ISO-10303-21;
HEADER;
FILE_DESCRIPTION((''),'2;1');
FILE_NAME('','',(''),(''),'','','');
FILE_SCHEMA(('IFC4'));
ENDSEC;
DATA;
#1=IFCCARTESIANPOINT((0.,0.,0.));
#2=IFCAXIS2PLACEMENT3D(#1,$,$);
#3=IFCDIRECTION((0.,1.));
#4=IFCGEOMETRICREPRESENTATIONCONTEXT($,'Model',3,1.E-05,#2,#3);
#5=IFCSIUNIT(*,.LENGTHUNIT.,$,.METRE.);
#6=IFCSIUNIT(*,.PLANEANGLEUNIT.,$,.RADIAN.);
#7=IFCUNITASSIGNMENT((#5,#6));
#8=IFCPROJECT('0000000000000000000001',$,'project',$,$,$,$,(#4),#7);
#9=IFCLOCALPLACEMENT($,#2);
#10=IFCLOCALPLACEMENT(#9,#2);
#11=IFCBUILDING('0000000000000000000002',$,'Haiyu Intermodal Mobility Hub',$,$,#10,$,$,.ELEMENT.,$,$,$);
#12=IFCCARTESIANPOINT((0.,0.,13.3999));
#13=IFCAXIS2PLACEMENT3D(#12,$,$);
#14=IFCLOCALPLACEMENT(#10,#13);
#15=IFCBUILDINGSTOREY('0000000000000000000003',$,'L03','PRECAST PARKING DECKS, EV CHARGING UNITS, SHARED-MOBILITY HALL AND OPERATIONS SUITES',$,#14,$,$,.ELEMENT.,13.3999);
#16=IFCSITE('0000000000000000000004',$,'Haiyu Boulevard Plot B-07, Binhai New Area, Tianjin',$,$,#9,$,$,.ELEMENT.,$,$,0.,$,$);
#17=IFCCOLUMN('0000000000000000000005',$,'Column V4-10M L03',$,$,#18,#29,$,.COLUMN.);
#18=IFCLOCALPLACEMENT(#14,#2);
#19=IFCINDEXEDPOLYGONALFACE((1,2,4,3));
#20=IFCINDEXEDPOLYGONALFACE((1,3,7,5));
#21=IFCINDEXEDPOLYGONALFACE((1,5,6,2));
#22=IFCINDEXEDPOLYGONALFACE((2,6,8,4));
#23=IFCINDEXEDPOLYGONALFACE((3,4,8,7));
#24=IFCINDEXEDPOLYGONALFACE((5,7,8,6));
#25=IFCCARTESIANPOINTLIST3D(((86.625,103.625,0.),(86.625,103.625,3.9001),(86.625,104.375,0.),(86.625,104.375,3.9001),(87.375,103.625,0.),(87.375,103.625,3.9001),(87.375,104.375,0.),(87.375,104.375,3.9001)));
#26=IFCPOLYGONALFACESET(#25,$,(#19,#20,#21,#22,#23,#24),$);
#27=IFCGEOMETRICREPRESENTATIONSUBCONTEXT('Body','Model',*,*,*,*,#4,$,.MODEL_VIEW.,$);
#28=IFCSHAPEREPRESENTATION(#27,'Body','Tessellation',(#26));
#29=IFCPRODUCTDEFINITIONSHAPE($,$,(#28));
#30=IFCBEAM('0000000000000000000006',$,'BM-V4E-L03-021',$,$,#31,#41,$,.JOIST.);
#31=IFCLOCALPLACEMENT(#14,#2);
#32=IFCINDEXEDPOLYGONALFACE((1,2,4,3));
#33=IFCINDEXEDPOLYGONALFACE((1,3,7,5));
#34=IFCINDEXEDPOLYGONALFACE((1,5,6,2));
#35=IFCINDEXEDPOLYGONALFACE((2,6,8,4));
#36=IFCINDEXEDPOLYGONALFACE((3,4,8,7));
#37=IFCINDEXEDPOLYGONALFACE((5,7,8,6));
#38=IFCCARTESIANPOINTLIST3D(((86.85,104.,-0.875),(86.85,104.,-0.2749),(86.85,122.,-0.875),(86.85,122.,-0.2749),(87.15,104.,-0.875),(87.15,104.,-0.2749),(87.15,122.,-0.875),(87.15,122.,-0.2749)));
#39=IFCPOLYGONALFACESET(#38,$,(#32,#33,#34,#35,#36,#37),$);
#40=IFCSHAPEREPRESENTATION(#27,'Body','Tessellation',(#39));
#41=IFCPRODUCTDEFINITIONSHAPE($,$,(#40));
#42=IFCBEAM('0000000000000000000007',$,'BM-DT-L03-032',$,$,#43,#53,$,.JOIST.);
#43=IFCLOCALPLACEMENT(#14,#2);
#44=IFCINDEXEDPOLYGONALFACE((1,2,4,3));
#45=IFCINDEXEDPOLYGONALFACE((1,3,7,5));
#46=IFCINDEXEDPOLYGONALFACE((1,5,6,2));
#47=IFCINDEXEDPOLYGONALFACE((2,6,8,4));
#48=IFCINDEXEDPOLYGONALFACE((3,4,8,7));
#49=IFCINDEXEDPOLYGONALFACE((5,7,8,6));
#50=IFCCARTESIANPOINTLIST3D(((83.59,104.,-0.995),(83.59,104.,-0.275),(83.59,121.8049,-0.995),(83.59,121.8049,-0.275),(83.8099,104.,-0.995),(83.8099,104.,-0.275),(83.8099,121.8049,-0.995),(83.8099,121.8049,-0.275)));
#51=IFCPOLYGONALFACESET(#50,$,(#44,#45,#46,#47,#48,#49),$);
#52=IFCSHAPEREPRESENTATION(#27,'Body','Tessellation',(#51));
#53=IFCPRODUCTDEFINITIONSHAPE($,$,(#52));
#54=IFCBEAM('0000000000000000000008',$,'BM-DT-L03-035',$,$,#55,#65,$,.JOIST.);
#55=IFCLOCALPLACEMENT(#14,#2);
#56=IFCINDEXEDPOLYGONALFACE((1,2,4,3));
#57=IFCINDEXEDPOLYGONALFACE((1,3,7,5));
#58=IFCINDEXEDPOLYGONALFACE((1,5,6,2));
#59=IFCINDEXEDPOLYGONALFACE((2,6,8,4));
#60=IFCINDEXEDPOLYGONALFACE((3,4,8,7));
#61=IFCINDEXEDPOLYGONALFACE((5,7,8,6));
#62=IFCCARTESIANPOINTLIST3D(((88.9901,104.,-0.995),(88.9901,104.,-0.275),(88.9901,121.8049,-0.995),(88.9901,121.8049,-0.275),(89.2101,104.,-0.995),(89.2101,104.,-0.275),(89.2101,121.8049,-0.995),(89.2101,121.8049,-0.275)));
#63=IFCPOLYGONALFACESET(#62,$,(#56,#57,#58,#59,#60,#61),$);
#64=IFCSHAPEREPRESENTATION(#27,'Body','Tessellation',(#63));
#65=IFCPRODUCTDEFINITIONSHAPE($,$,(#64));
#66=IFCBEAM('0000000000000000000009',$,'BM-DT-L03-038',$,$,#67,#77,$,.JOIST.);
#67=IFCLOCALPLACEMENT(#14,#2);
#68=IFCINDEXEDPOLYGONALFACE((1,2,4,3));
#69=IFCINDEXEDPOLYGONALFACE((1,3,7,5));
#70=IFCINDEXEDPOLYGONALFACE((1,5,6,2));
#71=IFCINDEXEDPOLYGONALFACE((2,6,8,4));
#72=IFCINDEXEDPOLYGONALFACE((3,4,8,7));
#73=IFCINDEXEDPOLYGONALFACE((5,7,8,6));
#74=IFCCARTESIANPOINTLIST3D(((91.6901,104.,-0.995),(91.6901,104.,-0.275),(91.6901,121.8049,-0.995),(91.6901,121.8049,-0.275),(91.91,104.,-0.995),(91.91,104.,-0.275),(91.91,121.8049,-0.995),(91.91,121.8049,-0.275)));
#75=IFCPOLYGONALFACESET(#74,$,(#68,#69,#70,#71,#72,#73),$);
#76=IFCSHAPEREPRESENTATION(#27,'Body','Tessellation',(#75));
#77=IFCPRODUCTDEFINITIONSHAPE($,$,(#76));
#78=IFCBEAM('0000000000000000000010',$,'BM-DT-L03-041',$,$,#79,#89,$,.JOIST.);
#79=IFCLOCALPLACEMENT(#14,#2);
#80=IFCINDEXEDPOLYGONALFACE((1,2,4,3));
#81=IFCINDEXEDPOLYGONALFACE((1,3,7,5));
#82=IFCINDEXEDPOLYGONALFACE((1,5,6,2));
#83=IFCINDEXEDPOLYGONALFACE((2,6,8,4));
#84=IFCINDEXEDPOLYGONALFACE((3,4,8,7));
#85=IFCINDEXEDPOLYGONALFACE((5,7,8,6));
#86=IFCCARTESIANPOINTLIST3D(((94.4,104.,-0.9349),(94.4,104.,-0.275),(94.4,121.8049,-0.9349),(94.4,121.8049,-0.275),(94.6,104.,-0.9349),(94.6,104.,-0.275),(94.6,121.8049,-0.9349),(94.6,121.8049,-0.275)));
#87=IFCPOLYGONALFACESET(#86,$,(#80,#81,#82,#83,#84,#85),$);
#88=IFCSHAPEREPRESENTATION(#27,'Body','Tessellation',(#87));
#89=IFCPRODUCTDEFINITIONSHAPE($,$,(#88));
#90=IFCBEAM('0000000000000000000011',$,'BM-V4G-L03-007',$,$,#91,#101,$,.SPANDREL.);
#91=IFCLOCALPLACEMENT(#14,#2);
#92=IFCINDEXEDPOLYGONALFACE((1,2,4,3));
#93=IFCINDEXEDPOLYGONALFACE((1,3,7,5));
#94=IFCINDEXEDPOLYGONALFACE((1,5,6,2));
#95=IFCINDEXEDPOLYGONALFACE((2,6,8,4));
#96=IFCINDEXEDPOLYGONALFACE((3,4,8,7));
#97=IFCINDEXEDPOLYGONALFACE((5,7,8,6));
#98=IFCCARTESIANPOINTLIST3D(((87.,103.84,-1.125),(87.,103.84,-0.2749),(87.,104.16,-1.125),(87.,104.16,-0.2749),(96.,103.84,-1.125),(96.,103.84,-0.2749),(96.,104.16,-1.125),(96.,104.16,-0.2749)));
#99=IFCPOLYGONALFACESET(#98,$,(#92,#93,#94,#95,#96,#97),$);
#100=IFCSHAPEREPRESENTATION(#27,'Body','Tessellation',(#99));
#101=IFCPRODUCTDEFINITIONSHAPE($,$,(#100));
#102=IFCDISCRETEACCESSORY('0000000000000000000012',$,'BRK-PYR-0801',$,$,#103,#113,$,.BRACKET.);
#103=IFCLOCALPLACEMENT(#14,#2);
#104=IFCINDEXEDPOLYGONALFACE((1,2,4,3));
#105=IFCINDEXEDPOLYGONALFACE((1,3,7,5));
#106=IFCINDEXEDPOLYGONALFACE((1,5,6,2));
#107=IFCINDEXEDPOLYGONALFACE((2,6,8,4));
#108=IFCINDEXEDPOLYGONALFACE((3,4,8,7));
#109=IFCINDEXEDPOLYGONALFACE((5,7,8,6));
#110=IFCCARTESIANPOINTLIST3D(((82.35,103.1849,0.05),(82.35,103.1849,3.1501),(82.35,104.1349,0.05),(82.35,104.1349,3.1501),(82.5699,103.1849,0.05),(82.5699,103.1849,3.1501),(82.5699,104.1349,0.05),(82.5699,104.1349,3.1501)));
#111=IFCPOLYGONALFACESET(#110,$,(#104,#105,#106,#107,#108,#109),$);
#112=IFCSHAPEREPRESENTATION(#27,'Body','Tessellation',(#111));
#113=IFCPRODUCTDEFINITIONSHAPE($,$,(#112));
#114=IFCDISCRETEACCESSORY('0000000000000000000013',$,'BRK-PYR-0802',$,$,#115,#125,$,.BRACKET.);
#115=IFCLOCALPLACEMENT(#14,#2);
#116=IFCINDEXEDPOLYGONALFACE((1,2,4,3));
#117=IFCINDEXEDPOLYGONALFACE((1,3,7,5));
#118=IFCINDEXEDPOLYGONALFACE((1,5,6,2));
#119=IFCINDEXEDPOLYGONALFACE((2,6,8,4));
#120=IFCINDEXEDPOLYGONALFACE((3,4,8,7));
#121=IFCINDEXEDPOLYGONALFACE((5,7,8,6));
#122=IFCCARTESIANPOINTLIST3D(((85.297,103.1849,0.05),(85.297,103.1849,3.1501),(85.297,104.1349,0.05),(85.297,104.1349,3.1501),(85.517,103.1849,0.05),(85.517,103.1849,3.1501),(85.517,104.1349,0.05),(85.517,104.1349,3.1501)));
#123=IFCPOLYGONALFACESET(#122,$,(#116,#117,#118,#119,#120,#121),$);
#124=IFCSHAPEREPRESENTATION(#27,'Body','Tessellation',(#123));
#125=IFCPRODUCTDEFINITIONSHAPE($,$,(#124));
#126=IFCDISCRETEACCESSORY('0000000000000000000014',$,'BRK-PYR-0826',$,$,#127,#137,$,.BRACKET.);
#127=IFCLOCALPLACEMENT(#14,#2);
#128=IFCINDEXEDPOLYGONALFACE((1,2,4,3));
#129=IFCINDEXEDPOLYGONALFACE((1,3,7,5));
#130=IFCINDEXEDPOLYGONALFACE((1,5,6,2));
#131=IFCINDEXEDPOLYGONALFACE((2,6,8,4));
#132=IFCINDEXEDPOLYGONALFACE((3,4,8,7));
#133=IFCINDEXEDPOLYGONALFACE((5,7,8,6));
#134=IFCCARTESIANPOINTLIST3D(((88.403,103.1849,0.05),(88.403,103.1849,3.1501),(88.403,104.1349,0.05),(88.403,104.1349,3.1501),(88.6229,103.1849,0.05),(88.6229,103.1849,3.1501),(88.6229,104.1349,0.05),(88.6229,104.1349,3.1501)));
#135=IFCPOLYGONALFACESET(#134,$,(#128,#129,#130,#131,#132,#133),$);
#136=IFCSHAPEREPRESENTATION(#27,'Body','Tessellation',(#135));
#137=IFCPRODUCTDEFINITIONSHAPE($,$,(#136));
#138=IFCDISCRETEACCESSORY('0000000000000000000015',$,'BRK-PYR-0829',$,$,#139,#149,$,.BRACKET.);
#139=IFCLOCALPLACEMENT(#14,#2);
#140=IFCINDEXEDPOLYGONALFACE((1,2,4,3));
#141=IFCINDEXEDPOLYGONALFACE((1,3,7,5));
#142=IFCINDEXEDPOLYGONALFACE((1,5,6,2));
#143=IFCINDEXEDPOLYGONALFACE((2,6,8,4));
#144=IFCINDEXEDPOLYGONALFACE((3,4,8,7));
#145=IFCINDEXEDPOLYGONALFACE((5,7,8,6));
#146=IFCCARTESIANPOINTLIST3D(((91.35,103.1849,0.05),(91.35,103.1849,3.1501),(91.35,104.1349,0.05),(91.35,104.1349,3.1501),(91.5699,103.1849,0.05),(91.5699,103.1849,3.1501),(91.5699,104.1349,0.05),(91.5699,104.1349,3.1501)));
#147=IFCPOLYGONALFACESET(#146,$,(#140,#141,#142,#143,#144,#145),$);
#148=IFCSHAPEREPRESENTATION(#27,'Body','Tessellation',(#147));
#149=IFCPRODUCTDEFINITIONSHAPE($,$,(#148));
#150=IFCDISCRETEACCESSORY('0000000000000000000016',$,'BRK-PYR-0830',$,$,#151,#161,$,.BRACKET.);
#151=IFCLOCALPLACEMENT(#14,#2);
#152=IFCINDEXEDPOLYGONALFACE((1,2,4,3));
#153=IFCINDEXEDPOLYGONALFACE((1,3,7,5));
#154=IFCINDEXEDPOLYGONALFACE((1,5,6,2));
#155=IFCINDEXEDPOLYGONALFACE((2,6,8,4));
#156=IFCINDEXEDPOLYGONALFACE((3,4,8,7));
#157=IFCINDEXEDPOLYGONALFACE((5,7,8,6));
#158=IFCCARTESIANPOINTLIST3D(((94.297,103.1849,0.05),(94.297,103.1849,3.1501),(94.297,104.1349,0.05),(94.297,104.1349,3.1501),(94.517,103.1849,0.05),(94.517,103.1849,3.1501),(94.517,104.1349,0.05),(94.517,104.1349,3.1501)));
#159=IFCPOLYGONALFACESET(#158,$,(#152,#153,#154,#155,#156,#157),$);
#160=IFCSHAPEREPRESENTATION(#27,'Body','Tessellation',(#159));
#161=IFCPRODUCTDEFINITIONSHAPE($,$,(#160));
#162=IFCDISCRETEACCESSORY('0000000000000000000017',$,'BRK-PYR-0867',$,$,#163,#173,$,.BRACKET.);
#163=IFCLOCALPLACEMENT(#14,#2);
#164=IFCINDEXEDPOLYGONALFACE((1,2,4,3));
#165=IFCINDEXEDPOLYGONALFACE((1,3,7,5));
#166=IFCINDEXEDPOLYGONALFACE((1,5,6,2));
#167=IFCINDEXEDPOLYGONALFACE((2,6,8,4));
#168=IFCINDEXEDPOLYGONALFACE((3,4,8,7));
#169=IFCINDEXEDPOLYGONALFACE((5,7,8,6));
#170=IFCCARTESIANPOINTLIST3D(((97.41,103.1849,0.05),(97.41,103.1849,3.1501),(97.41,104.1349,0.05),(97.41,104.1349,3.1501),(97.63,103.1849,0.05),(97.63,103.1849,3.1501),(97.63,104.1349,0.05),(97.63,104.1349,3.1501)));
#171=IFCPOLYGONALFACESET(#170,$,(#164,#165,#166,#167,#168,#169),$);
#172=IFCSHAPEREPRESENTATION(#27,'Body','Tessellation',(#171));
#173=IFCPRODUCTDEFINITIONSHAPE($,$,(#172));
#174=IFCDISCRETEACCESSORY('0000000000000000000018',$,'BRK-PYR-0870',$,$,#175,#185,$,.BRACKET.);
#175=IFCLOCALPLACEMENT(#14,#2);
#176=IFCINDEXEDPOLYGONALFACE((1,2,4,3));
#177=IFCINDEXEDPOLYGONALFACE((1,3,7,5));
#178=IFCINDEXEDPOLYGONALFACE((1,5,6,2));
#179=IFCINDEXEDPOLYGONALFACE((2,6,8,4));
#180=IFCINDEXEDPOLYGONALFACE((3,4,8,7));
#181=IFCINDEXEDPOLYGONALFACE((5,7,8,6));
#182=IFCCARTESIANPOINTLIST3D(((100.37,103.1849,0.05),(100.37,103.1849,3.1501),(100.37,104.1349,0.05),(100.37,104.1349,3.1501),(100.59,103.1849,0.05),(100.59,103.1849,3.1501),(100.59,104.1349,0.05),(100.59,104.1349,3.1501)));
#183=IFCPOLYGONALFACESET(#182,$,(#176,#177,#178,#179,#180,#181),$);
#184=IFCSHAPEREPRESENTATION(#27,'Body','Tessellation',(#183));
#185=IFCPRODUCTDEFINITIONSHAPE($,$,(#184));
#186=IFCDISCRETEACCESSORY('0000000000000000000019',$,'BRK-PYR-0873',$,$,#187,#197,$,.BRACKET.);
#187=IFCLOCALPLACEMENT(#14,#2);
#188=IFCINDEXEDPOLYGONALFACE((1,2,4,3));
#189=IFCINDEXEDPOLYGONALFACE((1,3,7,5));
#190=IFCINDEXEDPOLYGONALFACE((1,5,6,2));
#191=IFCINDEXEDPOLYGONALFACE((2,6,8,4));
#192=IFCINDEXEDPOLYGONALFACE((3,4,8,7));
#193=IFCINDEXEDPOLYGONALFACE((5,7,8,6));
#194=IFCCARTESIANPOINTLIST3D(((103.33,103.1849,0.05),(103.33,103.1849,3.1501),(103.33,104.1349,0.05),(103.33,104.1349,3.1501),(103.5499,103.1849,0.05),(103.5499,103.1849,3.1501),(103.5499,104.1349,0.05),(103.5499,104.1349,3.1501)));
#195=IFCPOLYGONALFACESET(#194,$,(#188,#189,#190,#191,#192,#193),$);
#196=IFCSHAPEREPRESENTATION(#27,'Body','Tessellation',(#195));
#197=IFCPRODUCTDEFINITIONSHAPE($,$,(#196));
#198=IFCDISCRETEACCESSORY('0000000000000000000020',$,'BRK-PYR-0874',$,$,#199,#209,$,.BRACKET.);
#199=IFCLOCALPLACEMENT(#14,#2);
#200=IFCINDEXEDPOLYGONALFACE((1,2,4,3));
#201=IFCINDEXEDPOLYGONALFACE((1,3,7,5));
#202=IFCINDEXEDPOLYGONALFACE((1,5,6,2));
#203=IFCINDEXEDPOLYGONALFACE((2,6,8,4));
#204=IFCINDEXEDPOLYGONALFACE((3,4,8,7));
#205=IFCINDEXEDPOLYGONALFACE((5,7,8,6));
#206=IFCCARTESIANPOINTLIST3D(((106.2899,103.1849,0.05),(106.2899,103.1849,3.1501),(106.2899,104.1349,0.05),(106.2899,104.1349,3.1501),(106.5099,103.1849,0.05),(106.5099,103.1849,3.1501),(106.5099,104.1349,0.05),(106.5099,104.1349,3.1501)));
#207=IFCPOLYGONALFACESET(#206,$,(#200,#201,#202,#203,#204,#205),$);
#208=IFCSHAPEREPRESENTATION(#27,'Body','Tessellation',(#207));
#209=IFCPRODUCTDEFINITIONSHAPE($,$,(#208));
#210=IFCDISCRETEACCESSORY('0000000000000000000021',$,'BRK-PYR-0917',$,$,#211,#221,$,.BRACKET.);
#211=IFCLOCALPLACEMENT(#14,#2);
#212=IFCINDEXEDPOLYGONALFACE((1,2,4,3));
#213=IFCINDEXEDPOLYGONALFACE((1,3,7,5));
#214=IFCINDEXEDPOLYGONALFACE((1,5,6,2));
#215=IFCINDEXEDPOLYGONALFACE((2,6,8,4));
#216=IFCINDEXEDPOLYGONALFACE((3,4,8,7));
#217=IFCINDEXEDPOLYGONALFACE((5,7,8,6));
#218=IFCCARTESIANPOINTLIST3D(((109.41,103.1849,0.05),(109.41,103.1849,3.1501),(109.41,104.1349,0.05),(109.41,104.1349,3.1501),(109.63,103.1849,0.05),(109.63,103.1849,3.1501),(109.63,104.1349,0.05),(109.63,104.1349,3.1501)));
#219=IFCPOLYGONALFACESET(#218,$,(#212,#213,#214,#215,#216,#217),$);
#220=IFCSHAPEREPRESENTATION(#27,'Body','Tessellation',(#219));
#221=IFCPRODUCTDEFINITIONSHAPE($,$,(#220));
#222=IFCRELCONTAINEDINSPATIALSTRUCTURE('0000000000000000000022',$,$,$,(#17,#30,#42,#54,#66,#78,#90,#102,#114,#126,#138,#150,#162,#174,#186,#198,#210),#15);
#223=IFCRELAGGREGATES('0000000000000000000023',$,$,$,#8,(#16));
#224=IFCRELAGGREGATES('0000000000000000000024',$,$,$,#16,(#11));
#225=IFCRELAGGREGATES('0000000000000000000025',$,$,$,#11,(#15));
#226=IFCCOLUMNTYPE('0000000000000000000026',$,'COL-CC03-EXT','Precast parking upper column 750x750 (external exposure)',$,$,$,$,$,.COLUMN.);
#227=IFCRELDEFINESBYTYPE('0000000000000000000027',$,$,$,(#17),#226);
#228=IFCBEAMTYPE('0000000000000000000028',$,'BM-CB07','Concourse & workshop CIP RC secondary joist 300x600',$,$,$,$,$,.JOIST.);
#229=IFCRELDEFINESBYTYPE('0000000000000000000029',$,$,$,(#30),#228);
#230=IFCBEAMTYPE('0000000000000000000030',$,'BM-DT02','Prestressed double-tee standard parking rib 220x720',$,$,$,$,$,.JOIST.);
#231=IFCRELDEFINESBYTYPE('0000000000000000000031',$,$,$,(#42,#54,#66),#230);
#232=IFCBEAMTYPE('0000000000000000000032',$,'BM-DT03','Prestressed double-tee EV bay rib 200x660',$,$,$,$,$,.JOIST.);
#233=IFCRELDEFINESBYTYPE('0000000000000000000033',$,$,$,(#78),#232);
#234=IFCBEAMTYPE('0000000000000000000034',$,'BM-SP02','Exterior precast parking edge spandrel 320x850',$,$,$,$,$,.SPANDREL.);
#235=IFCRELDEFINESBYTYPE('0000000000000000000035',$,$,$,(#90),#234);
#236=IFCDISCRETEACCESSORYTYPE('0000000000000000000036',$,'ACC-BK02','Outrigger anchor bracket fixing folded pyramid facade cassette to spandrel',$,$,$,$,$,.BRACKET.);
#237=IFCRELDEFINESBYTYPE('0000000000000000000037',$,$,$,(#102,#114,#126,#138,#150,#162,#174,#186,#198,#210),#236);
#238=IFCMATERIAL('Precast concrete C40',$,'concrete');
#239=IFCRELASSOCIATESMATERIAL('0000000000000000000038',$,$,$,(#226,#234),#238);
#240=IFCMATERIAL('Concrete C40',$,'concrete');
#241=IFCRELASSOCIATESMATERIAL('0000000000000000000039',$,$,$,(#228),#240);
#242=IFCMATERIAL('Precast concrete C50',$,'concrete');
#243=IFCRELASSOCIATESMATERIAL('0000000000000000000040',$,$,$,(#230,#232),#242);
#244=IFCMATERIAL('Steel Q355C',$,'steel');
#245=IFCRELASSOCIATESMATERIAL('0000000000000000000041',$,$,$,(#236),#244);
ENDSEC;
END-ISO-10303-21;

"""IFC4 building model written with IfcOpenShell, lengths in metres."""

from ifc_helpers import new_model, si_unit, direction, frame, origin, origin_2d, place, context, subcontext, project, spatial, rectangle, extrude, material, material_profile, profile_set, type_object, element, save


model = new_model("IFC4")

# Units and contexts
model_context = context("Model", 3, precision=1e-05, world=origin(), true_north=direction((0.0, 1.0)))
body_context = subcontext(model_context, "Body", "Model", "MODEL_VIEW")
ifc_project = project(units=[si_unit("LENGTHUNIT", "METRE"), si_unit("PLANEANGLEUNIT", "RADIAN")], contexts=[model_context])

# Site, building, storey
site_placement = place(None, origin())
site = spatial("IfcSite", under=ifc_project, at=site_placement, Name="Haiyu Boulevard Plot B-07, Binhai New Area, Tianjin", CompositionType="ELEMENT", RefElevation=0.0)
building_placement = place(site_placement, origin())
building = spatial("IfcBuilding", under=site, at=building_placement, Name="Haiyu Intermodal Mobility Hub", CompositionType="ELEMENT")
storey_placement = place(building_placement, frame((0.0, 0.0, 13.3999)))
storey = spatial("IfcBuildingStorey", under=building, at=storey_placement, Name="L03", Description="PRECAST PARKING DECKS, EV CHARGING UNITS, SHARED-MOBILITY HALL AND OPERATIONS SUITES", CompositionType="ELEMENT", Elevation=13.3999)

# Column
ifc_material_1 = material(Name="Precast concrete C40", Category="concrete")
ifc_material_profile_1 = material_profile(ifc_material_1, rectangle(XDim=0.75, YDim=0.75, at=origin_2d()), Name="RC750x750")
ifc_profile_set_1 = profile_set([ifc_material_profile_1], Name="Precast concrete C40")
column_type = type_object("IfcColumnType", Name="COL-CC03-EXT", Description="Precast parking upper column 750x750 (external exposure)", PredefinedType="COLUMN", material=ifc_profile_set_1)
column_placement = place(storey_placement, frame((87.0, 104.0, 0.0), z_axis=(0.0, 0.0, 1.0), x_axis=(1.0, 0.0, 0.0)))
element("IfcColumn", 1, at=column_placement, inside=storey, type_object=column_type, Name="Column V4-10M L03", PredefinedType="COLUMN", context=body_context, shape_type="SweptSolid", body=[
    extrude(rectangle(XDim=0.75, YDim=0.75, at=origin_2d()), origin(), (0.0, 0.0, 1.0), 3.9001),
])

# Beams
ifc_material_2 = material(Name="Concrete C40", Category="concrete")
ifc_material_profile_2 = material_profile(ifc_material_2, rectangle(XDim=0.3, YDim=0.6001, at=origin_2d()), Name="RCB300x600")
ifc_profile_set_2 = profile_set([ifc_material_profile_2], Name="Concrete C40")
beam_type_1 = type_object("IfcBeamType", Name="BM-CB07", Description="Concourse & workshop CIP RC secondary joist 300x600", PredefinedType="JOIST", material=ifc_profile_set_2)
beam_1_placement = place(storey_placement, frame((87.0, 104.0, -0.575), z_axis=(0.0, 1.0, 0.0), x_axis=(-1.0, 0.0, 0.0)))
element("IfcBeam", 2, at=beam_1_placement, inside=storey, type_object=beam_type_1, Name="BM-V4E-L03-021", PredefinedType="JOIST", context=body_context, shape_type="SweptSolid", body=[
    extrude(rectangle(XDim=0.3, YDim=0.6001, at=origin_2d()), origin(), (0.0, 0.0, 1.0), 18.0),
])
ifc_material_3 = material(Name="Precast concrete C50", Category="concrete")
ifc_material_profile_3 = material_profile(ifc_material_3, rectangle(XDim=0.22, YDim=0.72, at=origin_2d()), Name="PC220x720")
ifc_profile_set_3 = profile_set([ifc_material_profile_3], Name="Precast concrete C50")
beam_type_2 = type_object("IfcBeamType", Name="BM-DT02", Description="Prestressed double-tee standard parking rib 220x720", PredefinedType="JOIST", material=ifc_profile_set_3)
for number, where, z_axis, x_axis, name in (
    (3, (83.7, 104.0, -0.635), (0.0, 1.0, 0.0), (-1.0, 0.0, 0.0), "BM-DT-L03-032"),
    (4, (89.1001, 104.0, -0.635), (0.0, 1.0, 0.0), (-1.0, 0.0, 0.0), "BM-DT-L03-035"),
    (5, (91.8, 104.0, -0.635), (0.0, 1.0, 0.0), (-1.0, 0.0, 0.0), "BM-DT-L03-038"),
):
    element("IfcBeam", number, at=place(storey_placement, frame(where, z_axis=z_axis, x_axis=x_axis)), inside=storey, type_object=beam_type_2, Name=name, PredefinedType="JOIST", context=body_context, shape_type="SweptSolid", body=[
        extrude(rectangle(XDim=0.22, YDim=0.72, at=origin_2d()), origin(), (0.0, 0.0, 1.0), 17.8049),
    ])
ifc_material_profile_4 = material_profile(ifc_material_3, rectangle(XDim=0.2, YDim=0.6599, at=origin_2d()), Name="PC200x660")
ifc_profile_set_4 = profile_set([ifc_material_profile_4], Name="Precast concrete C50")
beam_type_3 = type_object("IfcBeamType", Name="BM-DT03", Description="Prestressed double-tee EV bay rib 200x660", PredefinedType="JOIST", material=ifc_profile_set_4)
beam_2_placement = place(storey_placement, frame((94.5, 104.0, -0.605), z_axis=(0.0, 1.0, 0.0), x_axis=(-1.0, 0.0, 0.0)))
element("IfcBeam", 6, at=beam_2_placement, inside=storey, type_object=beam_type_3, Name="BM-DT-L03-041", PredefinedType="JOIST", context=body_context, shape_type="SweptSolid", body=[
    extrude(rectangle(XDim=0.2, YDim=0.6599, at=origin_2d()), origin(), (0.0, 0.0, 1.0), 17.8049),
])
ifc_material_profile_5 = material_profile(ifc_material_1, rectangle(XDim=0.3201, YDim=0.8501, at=origin_2d()), Name="PC320x850")
ifc_profile_set_5 = profile_set([ifc_material_profile_5], Name="Precast concrete C40")
beam_type_4 = type_object("IfcBeamType", Name="BM-SP02", Description="Exterior precast parking edge spandrel 320x850", PredefinedType="SPANDREL", material=ifc_profile_set_5)
beam_3_placement = place(storey_placement, frame((87.0, 104.0, -0.7), z_axis=(1.0, 0.0, 0.0), x_axis=(0.0, 1.0, 0.0)))
element("IfcBeam", 7, at=beam_3_placement, inside=storey, type_object=beam_type_4, Name="BM-V4G-L03-007", PredefinedType="SPANDREL", context=body_context, shape_type="SweptSolid", body=[
    extrude(rectangle(XDim=0.3201, YDim=0.8501, at=origin_2d()), origin(), (0.0, 0.0, 1.0), 9.0),
])

# Discrete accessories
ifc_material_4 = material(Name="Steel Q355C", Category="steel")
discrete_accessory_type = type_object("IfcDiscreteAccessoryType", Name="ACC-BK02", Description="Outrigger anchor bracket fixing folded pyramid facade cassette to spandrel", PredefinedType="BRACKET", material=ifc_material_4)
for number, where, z_axis, x_axis, name in (
    (8, (82.46, 103.6599, 0.05), (0.0, 0.0, 1.0), (1.0, 0.0, 0.0), "BRK-PYR-0801"),
    (9, (85.407, 103.6599, 0.05), (0.0, 0.0, 1.0), (1.0, 0.0, 0.0), "BRK-PYR-0802"),
    (10, (88.5129, 103.6599, 0.05), (0.0, 0.0, 1.0), (1.0, 0.0, 0.0), "BRK-PYR-0826"),
    (11, (91.46, 103.6599, 0.05), (0.0, 0.0, 1.0), (1.0, 0.0, 0.0), "BRK-PYR-0829"),
    (12, (94.407, 103.6599, 0.05), (0.0, 0.0, 1.0), (1.0, 0.0, 0.0), "BRK-PYR-0830"),
    (13, (97.52, 103.6599, 0.05), (0.0, 0.0, 1.0), (1.0, 0.0, 0.0), "BRK-PYR-0867"),
    (14, (100.48, 103.6599, 0.05), (0.0, 0.0, 1.0), (1.0, 0.0, 0.0), "BRK-PYR-0870"),
    (15, (103.4399, 103.6599, 0.05), (0.0, 0.0, 1.0), (1.0, 0.0, 0.0), "BRK-PYR-0873"),
    (16, (106.3999, 103.6599, 0.05), (0.0, 0.0, 1.0), (1.0, 0.0, 0.0), "BRK-PYR-0874"),
    (17, (109.52, 103.6599, 0.05), (0.0, 0.0, 1.0), (1.0, 0.0, 0.0), "BRK-PYR-0917"),
):
    element("IfcDiscreteAccessory", number, at=place(storey_placement, frame(where, z_axis=z_axis, x_axis=x_axis)), inside=storey, type_object=discrete_accessory_type, Name=name, PredefinedType="BRACKET", context=body_context, shape_type="SweptSolid", body=[
        extrude(rectangle(XDim=0.22, YDim=0.95, at=origin_2d()), origin(), (0.0, 0.0, 1.0), 3.1001),
    ])

save(model, "model.ifc")
